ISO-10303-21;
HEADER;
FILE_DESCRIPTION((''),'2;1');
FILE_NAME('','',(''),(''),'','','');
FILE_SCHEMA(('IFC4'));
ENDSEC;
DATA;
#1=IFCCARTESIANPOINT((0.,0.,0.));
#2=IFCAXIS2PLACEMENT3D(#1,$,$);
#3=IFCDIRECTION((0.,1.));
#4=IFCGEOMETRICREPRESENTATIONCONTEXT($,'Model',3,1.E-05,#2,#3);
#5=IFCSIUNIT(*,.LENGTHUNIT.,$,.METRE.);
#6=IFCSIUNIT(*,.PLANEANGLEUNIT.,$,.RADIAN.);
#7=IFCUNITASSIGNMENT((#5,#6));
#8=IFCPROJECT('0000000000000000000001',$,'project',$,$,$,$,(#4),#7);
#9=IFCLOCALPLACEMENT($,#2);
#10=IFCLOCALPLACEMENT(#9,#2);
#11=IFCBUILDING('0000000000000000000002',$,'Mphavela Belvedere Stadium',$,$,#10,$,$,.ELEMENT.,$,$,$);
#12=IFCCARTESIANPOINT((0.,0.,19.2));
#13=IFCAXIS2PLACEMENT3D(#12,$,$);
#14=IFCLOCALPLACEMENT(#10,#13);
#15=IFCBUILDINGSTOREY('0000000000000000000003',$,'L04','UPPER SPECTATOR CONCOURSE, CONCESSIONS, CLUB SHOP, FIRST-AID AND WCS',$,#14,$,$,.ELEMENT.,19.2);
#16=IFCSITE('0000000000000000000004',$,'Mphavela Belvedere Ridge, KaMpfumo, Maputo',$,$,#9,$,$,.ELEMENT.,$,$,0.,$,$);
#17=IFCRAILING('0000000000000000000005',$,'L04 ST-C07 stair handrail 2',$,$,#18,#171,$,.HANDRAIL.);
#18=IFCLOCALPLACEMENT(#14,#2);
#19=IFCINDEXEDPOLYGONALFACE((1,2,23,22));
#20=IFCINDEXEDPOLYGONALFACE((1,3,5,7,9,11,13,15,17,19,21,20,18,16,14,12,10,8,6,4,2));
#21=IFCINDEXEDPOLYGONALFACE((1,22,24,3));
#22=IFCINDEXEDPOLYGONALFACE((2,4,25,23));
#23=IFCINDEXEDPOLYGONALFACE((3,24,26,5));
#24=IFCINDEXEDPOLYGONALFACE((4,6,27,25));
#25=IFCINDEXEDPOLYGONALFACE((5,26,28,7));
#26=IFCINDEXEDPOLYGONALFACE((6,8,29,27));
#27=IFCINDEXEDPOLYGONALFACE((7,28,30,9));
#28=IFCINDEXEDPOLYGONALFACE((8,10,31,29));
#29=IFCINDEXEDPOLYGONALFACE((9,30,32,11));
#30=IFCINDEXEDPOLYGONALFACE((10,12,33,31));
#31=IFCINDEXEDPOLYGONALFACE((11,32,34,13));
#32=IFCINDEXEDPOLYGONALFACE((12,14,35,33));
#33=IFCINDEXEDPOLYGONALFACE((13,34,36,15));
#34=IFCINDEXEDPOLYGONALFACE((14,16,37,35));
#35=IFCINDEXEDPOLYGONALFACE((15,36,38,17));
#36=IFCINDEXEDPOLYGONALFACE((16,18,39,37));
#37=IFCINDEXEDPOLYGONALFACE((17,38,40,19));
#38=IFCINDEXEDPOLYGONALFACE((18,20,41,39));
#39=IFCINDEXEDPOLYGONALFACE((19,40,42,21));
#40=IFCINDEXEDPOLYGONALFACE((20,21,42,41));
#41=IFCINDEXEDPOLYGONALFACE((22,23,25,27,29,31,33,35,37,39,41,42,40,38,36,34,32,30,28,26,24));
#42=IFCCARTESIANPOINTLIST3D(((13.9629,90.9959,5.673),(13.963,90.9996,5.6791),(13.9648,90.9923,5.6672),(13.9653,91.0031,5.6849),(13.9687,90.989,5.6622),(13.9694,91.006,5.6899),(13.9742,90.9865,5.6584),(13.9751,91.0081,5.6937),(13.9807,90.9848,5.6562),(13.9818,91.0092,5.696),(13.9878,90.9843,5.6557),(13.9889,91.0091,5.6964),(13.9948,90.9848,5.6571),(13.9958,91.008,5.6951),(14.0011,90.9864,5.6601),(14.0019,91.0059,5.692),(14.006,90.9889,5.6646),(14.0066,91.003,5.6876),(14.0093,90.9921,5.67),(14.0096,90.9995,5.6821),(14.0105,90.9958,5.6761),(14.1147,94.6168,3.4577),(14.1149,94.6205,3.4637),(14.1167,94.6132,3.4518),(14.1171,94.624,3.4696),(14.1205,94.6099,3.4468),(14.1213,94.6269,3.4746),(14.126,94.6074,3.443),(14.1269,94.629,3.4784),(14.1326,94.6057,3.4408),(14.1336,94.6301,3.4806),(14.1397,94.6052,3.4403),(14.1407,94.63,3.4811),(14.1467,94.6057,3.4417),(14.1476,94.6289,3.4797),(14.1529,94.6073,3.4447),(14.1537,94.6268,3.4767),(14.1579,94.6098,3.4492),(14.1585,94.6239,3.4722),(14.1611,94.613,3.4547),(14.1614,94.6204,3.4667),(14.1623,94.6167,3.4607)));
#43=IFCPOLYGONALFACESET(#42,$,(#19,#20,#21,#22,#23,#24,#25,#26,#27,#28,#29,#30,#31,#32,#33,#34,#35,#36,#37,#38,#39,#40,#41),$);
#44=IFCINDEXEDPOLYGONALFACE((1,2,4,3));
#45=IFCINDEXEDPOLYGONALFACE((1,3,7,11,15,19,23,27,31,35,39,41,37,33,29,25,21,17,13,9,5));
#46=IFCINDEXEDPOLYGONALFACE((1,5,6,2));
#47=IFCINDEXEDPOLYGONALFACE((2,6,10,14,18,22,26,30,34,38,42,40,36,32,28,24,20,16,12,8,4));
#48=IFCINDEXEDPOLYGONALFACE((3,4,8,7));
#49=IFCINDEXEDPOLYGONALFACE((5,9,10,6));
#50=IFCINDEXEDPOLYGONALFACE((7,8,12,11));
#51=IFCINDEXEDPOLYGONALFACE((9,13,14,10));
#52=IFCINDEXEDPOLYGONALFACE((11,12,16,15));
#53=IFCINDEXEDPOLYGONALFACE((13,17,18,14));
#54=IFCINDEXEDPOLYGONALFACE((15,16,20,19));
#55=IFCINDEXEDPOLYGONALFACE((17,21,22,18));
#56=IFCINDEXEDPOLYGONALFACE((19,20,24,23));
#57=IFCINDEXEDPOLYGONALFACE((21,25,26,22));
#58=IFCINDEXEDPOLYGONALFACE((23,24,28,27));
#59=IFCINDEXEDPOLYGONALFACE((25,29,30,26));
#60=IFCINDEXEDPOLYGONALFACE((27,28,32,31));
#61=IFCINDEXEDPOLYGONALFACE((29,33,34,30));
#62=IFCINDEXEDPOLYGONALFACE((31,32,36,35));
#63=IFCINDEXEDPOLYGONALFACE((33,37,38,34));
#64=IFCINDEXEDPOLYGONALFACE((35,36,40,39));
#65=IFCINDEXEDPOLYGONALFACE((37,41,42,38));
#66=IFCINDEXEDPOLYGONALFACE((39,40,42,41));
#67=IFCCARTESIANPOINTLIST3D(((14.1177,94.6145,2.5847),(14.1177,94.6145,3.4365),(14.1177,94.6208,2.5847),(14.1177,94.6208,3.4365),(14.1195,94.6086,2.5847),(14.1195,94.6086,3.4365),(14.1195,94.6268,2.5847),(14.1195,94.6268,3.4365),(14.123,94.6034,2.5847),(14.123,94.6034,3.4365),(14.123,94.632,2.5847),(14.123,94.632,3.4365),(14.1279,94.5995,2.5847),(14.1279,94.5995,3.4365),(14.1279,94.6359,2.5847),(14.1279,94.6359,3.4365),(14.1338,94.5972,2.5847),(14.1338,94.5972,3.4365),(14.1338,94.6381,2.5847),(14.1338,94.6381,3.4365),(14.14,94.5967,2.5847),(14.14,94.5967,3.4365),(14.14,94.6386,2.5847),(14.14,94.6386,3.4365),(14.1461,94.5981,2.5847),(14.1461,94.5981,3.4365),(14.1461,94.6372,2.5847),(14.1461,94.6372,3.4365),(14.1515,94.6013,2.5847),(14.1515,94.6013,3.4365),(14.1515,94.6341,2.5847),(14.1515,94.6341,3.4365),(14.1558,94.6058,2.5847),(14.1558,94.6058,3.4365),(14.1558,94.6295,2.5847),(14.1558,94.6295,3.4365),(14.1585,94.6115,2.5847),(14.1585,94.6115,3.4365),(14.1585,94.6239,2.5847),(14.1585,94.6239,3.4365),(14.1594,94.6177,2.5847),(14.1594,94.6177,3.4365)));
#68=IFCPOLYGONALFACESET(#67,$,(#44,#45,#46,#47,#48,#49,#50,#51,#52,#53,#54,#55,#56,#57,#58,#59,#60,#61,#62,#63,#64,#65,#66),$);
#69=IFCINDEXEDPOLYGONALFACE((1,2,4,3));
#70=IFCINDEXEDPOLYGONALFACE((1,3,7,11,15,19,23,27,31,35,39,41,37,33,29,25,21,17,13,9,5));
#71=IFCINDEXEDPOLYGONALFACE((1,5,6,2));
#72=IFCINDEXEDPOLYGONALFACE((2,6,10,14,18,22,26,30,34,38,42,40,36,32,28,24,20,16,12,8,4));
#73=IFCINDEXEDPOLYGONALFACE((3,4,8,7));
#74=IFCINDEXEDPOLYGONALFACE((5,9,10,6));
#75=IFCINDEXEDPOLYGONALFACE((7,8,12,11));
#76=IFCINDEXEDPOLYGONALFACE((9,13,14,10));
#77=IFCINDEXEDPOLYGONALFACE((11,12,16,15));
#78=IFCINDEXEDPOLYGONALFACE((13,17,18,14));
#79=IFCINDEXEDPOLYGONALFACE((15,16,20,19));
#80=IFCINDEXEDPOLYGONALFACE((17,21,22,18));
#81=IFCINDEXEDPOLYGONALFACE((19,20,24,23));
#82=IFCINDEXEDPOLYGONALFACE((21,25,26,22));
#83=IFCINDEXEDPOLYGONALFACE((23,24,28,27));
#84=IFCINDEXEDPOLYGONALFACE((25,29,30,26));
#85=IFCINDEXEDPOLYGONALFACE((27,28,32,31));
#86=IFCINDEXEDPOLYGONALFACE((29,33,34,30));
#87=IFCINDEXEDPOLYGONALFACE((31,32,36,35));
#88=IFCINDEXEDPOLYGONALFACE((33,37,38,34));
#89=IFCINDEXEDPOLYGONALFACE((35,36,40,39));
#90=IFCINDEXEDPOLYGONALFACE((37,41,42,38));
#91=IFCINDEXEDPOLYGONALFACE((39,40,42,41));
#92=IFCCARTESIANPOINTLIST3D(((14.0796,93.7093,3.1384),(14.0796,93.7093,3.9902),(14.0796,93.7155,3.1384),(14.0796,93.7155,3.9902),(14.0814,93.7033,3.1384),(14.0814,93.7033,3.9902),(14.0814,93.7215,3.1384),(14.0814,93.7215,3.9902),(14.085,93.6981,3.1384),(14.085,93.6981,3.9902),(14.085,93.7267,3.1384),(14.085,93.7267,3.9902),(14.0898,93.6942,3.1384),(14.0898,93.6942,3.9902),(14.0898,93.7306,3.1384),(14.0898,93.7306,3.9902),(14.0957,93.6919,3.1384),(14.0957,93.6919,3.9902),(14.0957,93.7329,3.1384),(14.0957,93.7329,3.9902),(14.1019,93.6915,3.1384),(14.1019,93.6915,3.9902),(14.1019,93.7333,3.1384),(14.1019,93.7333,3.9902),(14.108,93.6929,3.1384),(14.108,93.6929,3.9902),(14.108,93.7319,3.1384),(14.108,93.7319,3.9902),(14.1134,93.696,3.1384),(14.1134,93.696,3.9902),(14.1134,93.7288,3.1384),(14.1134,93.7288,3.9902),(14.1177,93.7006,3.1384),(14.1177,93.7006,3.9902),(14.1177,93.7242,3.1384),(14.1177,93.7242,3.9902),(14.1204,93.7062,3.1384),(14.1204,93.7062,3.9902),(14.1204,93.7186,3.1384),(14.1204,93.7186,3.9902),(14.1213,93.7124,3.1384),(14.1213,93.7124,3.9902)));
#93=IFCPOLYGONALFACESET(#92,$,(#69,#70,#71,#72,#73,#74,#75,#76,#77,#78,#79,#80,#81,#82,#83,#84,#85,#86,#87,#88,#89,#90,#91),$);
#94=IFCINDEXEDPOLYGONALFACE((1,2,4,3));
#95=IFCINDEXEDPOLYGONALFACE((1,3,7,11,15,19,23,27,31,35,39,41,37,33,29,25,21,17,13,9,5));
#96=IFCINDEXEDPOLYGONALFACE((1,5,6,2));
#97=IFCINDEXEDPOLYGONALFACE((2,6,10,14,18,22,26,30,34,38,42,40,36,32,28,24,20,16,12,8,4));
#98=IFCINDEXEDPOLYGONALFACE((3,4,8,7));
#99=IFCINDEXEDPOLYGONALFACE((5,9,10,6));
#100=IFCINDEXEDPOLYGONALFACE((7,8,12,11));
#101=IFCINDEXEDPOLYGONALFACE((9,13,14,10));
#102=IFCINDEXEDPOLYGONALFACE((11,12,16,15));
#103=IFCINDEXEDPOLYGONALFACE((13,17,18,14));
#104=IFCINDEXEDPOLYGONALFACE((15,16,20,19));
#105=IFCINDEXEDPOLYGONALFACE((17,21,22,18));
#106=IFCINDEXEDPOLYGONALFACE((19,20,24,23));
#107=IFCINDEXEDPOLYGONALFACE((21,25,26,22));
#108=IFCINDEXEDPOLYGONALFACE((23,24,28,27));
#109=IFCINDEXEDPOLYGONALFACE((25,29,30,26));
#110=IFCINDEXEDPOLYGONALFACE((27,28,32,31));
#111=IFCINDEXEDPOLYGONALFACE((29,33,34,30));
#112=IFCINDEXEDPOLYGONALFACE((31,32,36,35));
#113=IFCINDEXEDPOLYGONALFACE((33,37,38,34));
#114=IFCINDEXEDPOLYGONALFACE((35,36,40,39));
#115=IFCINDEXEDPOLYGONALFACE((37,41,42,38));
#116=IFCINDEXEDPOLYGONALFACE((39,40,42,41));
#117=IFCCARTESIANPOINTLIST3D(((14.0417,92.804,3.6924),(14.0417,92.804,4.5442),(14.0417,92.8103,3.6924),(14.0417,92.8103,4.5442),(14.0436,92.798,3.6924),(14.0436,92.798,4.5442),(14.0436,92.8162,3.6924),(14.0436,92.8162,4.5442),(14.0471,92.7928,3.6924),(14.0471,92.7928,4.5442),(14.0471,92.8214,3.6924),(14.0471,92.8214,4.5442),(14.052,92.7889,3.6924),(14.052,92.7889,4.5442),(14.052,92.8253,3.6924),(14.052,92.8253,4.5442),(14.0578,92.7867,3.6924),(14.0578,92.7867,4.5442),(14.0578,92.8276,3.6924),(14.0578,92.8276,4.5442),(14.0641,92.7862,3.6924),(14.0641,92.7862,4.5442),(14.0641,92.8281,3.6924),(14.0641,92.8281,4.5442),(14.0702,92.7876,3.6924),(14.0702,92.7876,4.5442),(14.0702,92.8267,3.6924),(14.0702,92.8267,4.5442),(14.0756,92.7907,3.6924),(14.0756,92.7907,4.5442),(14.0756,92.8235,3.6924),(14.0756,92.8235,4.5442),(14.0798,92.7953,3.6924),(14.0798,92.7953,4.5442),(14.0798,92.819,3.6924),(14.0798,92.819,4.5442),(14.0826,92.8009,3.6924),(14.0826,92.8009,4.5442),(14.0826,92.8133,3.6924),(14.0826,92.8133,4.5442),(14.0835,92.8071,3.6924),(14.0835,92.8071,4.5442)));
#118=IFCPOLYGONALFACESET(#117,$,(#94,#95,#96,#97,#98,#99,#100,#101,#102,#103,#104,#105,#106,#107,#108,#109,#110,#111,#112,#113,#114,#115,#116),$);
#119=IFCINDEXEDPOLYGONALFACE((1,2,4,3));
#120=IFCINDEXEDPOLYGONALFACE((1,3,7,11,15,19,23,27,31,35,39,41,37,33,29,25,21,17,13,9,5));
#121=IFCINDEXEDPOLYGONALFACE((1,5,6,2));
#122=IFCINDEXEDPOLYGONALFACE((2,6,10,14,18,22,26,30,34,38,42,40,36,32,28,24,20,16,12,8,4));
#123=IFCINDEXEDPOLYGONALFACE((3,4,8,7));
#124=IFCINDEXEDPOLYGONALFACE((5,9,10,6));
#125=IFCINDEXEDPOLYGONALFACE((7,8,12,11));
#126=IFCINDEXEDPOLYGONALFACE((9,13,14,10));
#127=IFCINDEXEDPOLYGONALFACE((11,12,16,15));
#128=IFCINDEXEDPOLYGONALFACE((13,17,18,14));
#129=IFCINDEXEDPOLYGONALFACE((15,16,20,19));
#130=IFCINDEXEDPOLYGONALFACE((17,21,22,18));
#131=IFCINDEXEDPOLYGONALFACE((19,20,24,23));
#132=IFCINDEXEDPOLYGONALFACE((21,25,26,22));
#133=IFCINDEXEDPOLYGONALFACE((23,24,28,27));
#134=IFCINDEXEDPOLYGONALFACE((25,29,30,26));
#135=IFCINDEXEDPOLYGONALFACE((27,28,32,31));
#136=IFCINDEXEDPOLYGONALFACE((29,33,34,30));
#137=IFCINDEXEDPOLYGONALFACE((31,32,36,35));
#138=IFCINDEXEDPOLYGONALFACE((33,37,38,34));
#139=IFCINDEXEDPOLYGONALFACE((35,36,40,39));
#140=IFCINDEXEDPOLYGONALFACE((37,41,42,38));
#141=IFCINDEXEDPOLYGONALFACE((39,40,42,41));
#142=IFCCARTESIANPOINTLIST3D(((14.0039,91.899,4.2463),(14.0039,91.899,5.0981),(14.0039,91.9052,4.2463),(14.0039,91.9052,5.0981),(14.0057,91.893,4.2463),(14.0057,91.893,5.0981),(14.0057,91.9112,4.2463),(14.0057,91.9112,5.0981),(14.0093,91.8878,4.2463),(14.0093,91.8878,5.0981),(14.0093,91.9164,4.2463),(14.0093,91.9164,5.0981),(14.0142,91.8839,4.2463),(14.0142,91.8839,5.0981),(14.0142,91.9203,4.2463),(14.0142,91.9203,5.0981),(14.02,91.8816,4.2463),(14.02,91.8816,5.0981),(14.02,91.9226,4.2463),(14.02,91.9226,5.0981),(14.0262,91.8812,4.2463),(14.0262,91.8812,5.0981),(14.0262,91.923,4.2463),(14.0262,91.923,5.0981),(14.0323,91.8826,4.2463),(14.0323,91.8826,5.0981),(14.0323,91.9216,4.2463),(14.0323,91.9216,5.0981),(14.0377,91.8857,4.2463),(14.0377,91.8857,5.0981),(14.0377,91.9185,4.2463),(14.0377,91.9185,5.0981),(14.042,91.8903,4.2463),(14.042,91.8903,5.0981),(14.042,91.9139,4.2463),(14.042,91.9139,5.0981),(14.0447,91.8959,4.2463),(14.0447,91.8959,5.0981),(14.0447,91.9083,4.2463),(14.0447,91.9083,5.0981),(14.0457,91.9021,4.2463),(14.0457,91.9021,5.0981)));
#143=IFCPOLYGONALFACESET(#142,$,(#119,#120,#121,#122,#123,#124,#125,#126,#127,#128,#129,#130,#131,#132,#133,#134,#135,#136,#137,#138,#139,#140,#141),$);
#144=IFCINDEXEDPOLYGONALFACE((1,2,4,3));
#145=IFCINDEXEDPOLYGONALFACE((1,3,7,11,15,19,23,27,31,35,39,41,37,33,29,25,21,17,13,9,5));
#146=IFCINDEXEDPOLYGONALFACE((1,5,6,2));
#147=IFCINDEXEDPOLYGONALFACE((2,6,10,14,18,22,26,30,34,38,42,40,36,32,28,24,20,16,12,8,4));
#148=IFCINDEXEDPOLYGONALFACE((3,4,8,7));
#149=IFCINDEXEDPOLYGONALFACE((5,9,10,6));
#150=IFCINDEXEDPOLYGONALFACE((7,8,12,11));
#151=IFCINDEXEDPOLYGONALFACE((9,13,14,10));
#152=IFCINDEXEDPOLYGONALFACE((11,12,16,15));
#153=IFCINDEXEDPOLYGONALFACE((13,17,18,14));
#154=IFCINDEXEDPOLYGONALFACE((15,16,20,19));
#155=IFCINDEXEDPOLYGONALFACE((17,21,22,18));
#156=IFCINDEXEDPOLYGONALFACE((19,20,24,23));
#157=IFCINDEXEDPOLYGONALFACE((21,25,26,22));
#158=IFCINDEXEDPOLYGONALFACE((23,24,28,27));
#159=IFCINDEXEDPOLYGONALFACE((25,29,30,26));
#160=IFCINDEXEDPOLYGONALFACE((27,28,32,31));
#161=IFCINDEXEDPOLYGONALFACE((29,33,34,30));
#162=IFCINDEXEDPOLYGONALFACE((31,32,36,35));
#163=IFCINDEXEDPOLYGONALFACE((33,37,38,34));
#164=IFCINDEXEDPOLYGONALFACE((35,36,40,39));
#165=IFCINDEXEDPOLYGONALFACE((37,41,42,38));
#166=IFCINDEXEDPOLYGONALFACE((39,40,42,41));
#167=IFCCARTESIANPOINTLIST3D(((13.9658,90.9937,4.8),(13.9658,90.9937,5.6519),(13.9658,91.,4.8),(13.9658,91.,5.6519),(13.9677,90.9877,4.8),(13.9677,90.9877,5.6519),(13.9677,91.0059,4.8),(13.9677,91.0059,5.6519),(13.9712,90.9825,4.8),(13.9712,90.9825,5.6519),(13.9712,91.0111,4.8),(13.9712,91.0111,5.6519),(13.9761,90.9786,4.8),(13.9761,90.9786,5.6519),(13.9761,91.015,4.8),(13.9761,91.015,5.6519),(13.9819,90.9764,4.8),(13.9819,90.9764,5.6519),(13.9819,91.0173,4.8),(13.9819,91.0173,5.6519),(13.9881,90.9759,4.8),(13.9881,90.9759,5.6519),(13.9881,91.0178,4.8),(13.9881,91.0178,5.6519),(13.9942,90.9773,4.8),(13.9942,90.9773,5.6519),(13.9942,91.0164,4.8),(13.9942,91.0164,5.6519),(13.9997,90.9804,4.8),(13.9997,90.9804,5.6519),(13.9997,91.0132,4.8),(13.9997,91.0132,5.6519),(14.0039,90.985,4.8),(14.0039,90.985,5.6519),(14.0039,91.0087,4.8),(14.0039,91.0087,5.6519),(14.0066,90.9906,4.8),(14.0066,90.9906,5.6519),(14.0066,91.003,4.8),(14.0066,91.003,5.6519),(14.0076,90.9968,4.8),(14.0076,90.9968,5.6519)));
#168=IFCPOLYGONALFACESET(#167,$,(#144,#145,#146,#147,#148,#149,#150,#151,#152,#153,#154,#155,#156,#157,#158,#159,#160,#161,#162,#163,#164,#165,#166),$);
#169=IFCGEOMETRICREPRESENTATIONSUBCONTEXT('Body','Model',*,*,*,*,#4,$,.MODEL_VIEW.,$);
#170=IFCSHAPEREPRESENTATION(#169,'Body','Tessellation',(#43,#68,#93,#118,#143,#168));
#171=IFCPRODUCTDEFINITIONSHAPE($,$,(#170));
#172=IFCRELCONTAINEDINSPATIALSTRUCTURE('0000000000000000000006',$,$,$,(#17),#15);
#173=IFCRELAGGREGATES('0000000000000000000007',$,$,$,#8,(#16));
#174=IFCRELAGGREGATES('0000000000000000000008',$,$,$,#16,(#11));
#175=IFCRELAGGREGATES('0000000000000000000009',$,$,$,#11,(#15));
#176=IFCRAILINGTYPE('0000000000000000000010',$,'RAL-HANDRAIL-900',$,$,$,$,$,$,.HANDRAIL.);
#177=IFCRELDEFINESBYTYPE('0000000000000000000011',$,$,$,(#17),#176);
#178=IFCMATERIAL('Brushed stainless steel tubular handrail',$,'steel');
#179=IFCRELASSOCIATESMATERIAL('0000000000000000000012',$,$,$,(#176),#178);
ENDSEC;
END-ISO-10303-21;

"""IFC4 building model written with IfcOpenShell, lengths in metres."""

from ifc_helpers import new_model, si_unit, direction, frame, origin, origin_2d, place, context, subcontext, project, spatial, circle, extrude, material, type_object, element, save


model = new_model("IFC4")

# Units and contexts
model_context = context("Model", 3, precision=1e-05, world=origin(), true_north=direction((0.0, 1.0)))
body_context = subcontext(model_context, "Body", "Model", "MODEL_VIEW")
ifc_project = project(units=[si_unit("LENGTHUNIT", "METRE"), si_unit("PLANEANGLEUNIT", "RADIAN")], contexts=[model_context])

# Site, building, storey
site_placement = place(None, origin())
site = spatial("IfcSite", under=ifc_project, at=site_placement, Name="Mphavela Belvedere Ridge, KaMpfumo, Maputo", CompositionType="ELEMENT", RefElevation=0.0)
building_placement = place(site_placement, origin())
building = spatial("IfcBuilding", under=site, at=building_placement, Name="Mphavela Belvedere Stadium", CompositionType="ELEMENT")
storey_placement = place(building_placement, frame((0.0, 0.0, 19.2)))
storey = spatial("IfcBuildingStorey", under=building, at=storey_placement, Name="L04", Description="UPPER SPECTATOR CONCOURSE, CONCESSIONS, CLUB SHOP, FIRST-AID AND WCS", CompositionType="ELEMENT", Elevation=19.2)

# Railing
ifc_material_1 = material(Name="Brushed stainless steel tubular handrail", Category="steel")
railing_type_1 = type_object("IfcRailingType", Name="RAL-HANDRAIL-900", PredefinedType="HANDRAIL", material=ifc_material_1)
railing_1_placement = place(storey_placement, frame((14.1384, 94.6177, 2.5847)))
element("IfcRailing", 1, at=railing_1_placement, inside=storey, type_object=railing_type_1, Name="L04 ST-C07 stair handrail 2", PredefinedType="HANDRAIL", context=body_context, shape_type="SweptSolid", body=[
    extrude(circle(Radius=0.0239, at=origin_2d()), frame((0.0, 0.0, 0.876), z_axis=(-0.035752, -0.852465, 0.521561), x_axis=(0.999122, -0.041902, 0.0)), (0.0, 0.0, 1.0), 4.2476),
    extrude(circle(Radius=0.021, at=origin_2d()), origin(), (0.0, 0.0, 1.0), 0.8518),
    extrude(circle(Radius=0.021, at=origin_2d()), frame((-0.0381, -0.9053, 0.5537)), (0.0, 0.0, 1.0), 0.8518),
    extrude(circle(Radius=0.021, at=origin_2d()), frame((-0.0759, -1.8105, 1.1077)), (0.0, 0.0, 1.0), 0.8518),
    extrude(circle(Radius=0.021, at=origin_2d()), frame((-0.1138, -2.7156, 1.6616)), (0.0, 0.0, 1.0), 0.8518),
    extrude(circle(Radius=0.021, at=origin_2d()), frame((-0.1519, -3.6208, 2.2153)), (0.0, 0.0, 1.0), 0.8518),
])

save(model, "model.ifc")
